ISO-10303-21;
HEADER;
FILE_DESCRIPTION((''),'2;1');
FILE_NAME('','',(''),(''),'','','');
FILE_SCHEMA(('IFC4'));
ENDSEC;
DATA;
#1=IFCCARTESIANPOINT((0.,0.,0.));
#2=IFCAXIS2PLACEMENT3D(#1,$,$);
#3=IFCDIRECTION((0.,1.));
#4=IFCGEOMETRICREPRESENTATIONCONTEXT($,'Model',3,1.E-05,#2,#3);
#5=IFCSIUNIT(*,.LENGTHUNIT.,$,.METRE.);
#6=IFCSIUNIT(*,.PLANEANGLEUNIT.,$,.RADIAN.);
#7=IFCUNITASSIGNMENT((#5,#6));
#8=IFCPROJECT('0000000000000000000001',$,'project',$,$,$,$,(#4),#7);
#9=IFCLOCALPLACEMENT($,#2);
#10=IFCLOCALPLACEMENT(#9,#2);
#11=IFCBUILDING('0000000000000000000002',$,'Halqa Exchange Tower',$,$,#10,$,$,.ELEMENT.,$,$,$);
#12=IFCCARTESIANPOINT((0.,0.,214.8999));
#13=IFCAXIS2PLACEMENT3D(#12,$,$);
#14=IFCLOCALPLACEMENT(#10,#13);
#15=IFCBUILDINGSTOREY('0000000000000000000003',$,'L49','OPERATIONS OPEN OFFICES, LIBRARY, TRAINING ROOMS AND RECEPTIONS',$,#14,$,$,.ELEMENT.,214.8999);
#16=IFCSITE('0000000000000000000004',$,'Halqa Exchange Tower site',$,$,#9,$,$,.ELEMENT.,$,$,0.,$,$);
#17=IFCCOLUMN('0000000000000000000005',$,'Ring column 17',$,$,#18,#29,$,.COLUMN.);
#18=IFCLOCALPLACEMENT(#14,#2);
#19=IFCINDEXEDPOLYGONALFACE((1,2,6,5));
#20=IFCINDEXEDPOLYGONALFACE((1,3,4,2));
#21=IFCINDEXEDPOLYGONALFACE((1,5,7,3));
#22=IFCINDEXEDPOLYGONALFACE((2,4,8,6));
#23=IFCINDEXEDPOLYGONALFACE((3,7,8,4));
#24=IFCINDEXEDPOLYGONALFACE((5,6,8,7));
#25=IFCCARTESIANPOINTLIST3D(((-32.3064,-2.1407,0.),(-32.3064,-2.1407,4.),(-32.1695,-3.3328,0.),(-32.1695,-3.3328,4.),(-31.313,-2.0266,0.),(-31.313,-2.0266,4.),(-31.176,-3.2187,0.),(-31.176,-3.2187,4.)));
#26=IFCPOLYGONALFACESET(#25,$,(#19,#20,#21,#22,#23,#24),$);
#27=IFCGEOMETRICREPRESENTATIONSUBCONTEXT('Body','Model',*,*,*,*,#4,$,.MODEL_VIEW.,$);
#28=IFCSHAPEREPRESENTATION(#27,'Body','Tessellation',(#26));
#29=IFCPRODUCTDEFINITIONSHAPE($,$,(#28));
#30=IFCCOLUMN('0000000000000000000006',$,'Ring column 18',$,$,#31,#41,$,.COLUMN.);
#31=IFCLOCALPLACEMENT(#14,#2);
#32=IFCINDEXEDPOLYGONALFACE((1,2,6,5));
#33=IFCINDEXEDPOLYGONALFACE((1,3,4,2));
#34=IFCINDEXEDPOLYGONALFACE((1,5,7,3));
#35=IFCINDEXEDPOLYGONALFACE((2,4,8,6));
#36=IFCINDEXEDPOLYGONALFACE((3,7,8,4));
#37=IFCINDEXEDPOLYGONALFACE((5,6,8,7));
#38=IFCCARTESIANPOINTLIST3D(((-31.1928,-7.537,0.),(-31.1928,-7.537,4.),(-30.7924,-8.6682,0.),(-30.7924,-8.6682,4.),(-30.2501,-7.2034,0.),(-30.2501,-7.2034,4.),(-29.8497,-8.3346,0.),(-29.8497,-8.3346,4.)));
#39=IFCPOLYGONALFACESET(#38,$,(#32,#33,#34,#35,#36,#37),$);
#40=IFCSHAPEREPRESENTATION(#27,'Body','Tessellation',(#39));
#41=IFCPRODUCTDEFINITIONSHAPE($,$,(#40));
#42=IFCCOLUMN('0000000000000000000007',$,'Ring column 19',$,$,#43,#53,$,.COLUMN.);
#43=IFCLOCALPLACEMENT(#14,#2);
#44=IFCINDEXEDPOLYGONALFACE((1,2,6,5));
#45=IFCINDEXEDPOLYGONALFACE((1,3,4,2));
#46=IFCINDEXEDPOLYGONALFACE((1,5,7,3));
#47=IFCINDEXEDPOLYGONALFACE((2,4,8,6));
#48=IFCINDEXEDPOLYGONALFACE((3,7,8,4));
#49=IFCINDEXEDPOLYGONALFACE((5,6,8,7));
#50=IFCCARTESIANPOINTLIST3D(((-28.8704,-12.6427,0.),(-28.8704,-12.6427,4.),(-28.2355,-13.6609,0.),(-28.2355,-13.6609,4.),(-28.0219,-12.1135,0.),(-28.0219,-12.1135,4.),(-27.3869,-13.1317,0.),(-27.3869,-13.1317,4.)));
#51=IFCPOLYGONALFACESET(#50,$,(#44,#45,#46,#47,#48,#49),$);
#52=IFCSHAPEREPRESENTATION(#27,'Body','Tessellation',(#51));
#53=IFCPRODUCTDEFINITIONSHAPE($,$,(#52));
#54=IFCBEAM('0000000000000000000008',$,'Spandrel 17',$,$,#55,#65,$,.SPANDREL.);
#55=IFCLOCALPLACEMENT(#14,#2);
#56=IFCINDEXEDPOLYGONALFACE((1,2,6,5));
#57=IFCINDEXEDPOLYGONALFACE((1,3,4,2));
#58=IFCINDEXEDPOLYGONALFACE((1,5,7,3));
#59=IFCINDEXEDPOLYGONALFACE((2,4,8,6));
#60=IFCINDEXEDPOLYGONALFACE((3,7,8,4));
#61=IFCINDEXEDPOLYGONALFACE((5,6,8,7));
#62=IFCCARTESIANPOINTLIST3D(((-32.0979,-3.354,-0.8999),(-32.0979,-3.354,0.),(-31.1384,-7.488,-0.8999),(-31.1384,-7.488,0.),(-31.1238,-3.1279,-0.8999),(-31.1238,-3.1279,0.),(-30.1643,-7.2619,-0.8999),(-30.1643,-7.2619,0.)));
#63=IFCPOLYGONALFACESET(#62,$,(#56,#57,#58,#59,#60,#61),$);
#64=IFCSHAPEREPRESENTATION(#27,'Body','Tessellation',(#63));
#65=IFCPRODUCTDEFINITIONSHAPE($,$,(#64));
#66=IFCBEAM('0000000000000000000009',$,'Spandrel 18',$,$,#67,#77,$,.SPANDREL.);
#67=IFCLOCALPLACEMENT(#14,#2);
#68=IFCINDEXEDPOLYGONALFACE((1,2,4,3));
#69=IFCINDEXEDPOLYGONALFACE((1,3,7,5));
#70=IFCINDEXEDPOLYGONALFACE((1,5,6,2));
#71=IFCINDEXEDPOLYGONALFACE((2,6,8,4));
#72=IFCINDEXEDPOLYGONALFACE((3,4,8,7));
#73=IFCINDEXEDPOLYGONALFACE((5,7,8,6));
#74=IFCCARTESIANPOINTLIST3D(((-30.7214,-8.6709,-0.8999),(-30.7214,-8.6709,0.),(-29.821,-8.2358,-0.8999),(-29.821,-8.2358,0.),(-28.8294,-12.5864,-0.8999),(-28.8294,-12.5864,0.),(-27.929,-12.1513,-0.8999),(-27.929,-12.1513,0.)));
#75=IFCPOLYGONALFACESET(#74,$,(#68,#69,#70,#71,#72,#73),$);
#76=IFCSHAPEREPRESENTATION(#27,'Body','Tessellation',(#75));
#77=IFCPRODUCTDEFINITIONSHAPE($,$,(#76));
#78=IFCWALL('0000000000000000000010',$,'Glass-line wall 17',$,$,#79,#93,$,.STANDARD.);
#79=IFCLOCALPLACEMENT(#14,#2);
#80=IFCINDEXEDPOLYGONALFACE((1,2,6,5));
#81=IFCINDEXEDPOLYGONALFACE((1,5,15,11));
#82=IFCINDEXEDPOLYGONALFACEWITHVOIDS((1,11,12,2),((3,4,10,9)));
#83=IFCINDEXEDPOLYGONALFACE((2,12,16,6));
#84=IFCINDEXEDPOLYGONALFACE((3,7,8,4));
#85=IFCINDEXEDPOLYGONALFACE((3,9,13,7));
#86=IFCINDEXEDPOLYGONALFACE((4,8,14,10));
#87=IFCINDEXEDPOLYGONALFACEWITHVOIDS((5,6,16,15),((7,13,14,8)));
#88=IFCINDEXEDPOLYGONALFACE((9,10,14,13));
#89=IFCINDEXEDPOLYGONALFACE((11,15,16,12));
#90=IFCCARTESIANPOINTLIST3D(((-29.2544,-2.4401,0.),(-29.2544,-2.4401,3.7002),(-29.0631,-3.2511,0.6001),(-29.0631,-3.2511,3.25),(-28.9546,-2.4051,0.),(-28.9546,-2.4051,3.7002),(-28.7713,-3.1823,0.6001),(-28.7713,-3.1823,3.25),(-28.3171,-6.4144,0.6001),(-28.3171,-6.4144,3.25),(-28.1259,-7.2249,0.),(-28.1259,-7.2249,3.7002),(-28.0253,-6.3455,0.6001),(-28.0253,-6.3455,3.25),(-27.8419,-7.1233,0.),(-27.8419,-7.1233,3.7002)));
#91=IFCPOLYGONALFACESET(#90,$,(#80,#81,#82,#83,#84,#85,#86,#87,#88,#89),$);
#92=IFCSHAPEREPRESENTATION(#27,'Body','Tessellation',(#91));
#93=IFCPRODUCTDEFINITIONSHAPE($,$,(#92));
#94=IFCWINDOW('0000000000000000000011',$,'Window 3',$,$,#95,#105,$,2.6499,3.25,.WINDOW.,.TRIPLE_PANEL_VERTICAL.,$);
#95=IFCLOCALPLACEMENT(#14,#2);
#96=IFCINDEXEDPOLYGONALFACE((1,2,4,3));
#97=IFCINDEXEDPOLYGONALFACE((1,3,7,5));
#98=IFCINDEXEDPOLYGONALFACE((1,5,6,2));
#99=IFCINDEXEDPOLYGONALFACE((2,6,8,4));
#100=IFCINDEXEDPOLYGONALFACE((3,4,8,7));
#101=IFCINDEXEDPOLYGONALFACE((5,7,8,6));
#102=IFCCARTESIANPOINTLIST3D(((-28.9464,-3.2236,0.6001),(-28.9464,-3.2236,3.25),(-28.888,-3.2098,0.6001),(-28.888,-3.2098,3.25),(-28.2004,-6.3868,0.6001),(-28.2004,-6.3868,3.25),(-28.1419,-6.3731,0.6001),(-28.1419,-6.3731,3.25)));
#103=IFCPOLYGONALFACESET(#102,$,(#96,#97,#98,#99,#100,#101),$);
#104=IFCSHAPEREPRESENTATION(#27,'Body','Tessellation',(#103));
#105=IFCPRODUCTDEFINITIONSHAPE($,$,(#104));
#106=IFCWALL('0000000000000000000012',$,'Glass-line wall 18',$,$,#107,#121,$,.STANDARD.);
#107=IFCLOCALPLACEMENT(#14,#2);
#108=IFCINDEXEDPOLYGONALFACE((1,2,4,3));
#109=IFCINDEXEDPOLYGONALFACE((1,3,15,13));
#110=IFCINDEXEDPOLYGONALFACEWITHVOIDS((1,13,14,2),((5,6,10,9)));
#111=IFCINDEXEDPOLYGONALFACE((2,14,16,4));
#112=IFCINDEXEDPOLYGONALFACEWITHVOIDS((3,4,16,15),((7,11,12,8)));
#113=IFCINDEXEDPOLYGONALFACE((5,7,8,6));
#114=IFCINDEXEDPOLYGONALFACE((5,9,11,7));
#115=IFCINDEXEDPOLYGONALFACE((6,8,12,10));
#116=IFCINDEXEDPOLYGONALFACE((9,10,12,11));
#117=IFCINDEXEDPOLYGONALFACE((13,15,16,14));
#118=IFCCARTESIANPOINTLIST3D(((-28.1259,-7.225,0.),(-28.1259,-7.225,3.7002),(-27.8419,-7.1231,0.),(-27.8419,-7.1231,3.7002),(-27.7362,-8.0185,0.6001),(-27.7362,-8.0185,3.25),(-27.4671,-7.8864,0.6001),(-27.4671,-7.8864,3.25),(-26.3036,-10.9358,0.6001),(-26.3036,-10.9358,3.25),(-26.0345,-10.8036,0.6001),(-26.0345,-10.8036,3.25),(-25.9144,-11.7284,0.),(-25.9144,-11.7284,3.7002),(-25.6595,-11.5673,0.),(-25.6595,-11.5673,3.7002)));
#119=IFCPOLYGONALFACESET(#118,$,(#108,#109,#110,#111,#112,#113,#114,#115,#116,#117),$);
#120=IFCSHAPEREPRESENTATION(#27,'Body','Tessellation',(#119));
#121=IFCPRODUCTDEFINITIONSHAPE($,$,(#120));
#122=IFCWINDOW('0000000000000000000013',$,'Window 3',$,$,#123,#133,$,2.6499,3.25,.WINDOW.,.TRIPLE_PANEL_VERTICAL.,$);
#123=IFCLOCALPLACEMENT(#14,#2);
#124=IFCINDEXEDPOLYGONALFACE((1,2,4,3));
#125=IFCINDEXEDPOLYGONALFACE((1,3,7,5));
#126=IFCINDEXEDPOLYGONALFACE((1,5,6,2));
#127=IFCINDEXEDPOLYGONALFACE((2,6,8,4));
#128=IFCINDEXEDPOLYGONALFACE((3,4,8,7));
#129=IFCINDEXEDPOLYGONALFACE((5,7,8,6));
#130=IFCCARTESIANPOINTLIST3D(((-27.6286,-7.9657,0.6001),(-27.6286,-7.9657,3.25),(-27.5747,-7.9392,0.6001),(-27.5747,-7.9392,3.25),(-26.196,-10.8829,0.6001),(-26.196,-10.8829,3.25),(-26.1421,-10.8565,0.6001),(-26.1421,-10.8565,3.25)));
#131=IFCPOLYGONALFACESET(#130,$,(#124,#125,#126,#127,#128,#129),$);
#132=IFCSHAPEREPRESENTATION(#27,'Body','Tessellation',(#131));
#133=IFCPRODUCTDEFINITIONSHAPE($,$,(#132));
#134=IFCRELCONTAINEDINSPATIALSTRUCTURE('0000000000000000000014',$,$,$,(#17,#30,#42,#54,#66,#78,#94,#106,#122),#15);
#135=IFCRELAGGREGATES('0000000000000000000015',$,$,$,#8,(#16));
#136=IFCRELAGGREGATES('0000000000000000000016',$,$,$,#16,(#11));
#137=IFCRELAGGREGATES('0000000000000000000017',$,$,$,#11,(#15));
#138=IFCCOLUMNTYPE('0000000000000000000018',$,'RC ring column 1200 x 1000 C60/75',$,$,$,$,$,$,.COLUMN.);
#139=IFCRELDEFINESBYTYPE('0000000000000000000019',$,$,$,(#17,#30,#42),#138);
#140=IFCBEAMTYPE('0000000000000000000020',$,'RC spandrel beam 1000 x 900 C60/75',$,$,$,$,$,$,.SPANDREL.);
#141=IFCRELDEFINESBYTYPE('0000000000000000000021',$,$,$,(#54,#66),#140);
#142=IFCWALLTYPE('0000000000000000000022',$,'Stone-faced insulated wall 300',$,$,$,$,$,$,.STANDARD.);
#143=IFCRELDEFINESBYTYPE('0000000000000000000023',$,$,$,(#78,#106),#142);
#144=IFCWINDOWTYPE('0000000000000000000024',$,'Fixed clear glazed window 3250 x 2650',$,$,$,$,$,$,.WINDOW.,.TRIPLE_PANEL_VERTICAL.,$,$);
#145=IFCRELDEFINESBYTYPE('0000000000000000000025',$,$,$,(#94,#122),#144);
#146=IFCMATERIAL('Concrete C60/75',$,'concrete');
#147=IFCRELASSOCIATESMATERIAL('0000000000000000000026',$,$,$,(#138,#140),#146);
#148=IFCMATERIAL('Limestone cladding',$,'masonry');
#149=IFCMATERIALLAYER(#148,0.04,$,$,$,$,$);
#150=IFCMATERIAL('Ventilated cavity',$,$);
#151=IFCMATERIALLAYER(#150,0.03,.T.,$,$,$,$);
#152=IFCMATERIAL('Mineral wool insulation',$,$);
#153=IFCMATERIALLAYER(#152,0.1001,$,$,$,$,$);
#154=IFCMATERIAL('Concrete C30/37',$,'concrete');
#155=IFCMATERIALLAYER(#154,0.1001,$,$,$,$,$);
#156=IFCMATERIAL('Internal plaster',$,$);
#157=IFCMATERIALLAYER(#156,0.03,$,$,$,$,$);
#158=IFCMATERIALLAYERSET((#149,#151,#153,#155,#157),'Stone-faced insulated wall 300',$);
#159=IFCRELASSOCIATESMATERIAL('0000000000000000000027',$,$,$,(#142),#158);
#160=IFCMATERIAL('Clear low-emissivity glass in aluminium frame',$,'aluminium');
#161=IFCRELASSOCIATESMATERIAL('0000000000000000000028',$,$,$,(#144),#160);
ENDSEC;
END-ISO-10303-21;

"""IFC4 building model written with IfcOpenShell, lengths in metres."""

from ifc_helpers import new_model, si_unit, direction, frame, frame_2d, origin, origin_2d, place, context, subcontext, project, spatial, polyline, rectangle, outline, extrude, material, layer, layer_set, material_profile, profile_set, type_object, element, fill, save


model = new_model("IFC4")

# Units and contexts
model_context = context("Model", 3, precision=1e-05, world=origin(), true_north=direction((0.0, 1.0)))
body_context = subcontext(model_context, "Body", "Model", "MODEL_VIEW")
ifc_project = project(units=[si_unit("LENGTHUNIT", "METRE"), si_unit("PLANEANGLEUNIT", "RADIAN")], contexts=[model_context])

# Site, building, storey
site_placement = place(None, origin())
site = spatial("IfcSite", under=ifc_project, at=site_placement, Name="Halqa Exchange Tower site", CompositionType="ELEMENT", RefElevation=0.0)
building_placement = place(site_placement, origin())
building = spatial("IfcBuilding", under=site, at=building_placement, Name="Halqa Exchange Tower", CompositionType="ELEMENT")
storey_placement = place(building_placement, frame((0.0, 0.0, 214.8999)))
storey = spatial("IfcBuildingStorey", under=building, at=storey_placement, Name="L49", Description="OPERATIONS OPEN OFFICES, LIBRARY, TRAINING ROOMS AND RECEPTIONS", CompositionType="ELEMENT", Elevation=214.8999)

# Columns
ifc_material_1 = material(Name="Concrete C60/75", Category="concrete")
ifc_material_profile_1 = material_profile(ifc_material_1, rectangle(XDim=1.2, YDim=1.0, at=origin_2d()), Name="1200 x 1000")
ifc_profile_set_1 = profile_set([ifc_material_profile_1], Name="Concrete C60/75")
column_type = type_object("IfcColumnType", Name="RC ring column 1200 x 1000 C60/75", PredefinedType="COLUMN", material=ifc_profile_set_1)
for number, where, z_axis, x_axis, name in (
    (1, (-31.7412, -2.6797, 0.0), (0.0, 0.0, 1.0), (0.114157, -0.993463, 0.0), "Ring column 17"),
    (2, (-30.5212, -7.9358, 0.0), (0.0, 0.0, 1.0), (0.333626, -0.942706, 0.0), "Ring column 18"),
    (3, (-28.1287, -12.8872, 0.0), (0.0, 0.0, 1.0), (0.529145, -0.848531, 0.0), "Ring column 19"),
):
    element("IfcColumn", number, at=place(storey_placement, frame(where, z_axis=z_axis, x_axis=x_axis)), inside=storey, type_object=column_type, Name=name, PredefinedType="COLUMN", context=body_context, shape_type="SweptSolid", body=[
        extrude(rectangle(XDim=1.2, YDim=1.0, at=origin_2d()), origin(), (0.0, 0.0, 1.0), 4.0),
    ])

# Beams
ifc_material_profile_2 = material_profile(ifc_material_1, rectangle(XDim=1.0, YDim=0.8999, at=origin_2d()), Name="1000 x 900")
ifc_profile_set_2 = profile_set([ifc_material_profile_2], Name="Concrete C60/75")
beam_type = type_object("IfcBeamType", Name="RC spandrel beam 1000 x 900 C60/75", PredefinedType="SPANDREL", material=ifc_profile_set_2)
beam_1_placement = place(storey_placement, frame((-31.6108, -3.241, -0.45), z_axis=(0.226082, -0.974108, 0.0), x_axis=(0.974108, 0.226082, 0.0)))
element("IfcBeam", 4, at=beam_1_placement, inside=storey, type_object=beam_type, Name="Spandrel 17", PredefinedType="SPANDREL", context=body_context, shape_type="SweptSolid", body=[
    extrude(rectangle(XDim=1.0, YDim=0.8999, at=origin_2d()), origin(), (0.0, 0.0, 1.0), 4.2439),
])
beam_2_placement = place(storey_placement, frame((-30.2712, -8.4534, -0.45), z_axis=(0.435091, -0.900386, 0.0), x_axis=(0.900386, 0.435091, 0.0)))
element("IfcBeam", 5, at=beam_2_placement, inside=storey, type_object=beam_type, Name="Spandrel 18", PredefinedType="SPANDREL", context=body_context, shape_type="SweptSolid", body=[
    extrude(rectangle(XDim=1.0, YDim=0.8999, at=origin_2d()), origin(), (0.0, 0.0, 1.0), 4.3486),
])

# Walls, openings, windows
ifc_material_2 = material(Name="Limestone cladding", Category="masonry")
ifc_layer_1 = layer(ifc_material_2, 0.04)
ifc_material_3 = material(Name="Ventilated cavity")
ifc_layer_2 = layer(ifc_material_3, 0.03, ventilated=True)
ifc_material_4 = material(Name="Mineral wool insulation")
ifc_layer_3 = layer(ifc_material_4, 0.1001)
ifc_material_5 = material(Name="Concrete C30/37", Category="concrete")
ifc_layer_4 = layer(ifc_material_5, 0.1001)
ifc_material_6 = material(Name="Internal plaster")
ifc_layer_5 = layer(ifc_material_6, 0.03)
ifc_layer_set = layer_set([ifc_layer_1, ifc_layer_2, ifc_layer_3, ifc_layer_4, ifc_layer_5], Name="Stone-faced insulated wall 300")
wall_type = type_object("IfcWallType", Name="Stone-faced insulated wall 300", PredefinedType="STANDARD", material=ifc_layer_set)
wall_1_placement = place(storey_placement, frame((-29.1045, -2.4226, 0.0), z_axis=(0.0, 0.0, 1.0), x_axis=(0.229547, -0.973298, 0.0)))
wall_1 = element("IfcWall", 6, at=wall_1_placement, inside=storey, type_object=wall_type, Name="Glass-line wall 17", PredefinedType="STANDARD", context=body_context, shape_type="SweptSolid", body=[
    extrude(outline(polyline([(-0.0173, -0.1499), (4.8987, -0.1499), (4.865, 0.1499), (0.0173, 0.1499), (-0.0173, -0.1499)])), origin(), (0.0, 0.0, 1.0), 3.7002),
])
opening_1_placement = place(wall_1_placement, frame((0.8159, 0.0, 0.6001)))
opening_1 = element("IfcOpeningElement", 7, at=opening_1_placement, cuts=wall_1, PredefinedType="OPENING", context=body_context, shape_type="SweptSolid", body=[
    extrude(rectangle(XDim=3.25, YDim=2.6499, at=frame_2d((1.625, 1.325))), frame((0.0, 0.1621, 0.0), z_axis=(0.0, -1.0, 0.0), x_axis=(1.0, 0.0, 0.0)), (0.0, 0.0, 1.0), 0.324),
])
ifc_material_7 = material(Name="Clear low-emissivity glass in aluminium frame", Category="aluminium")
window_type = type_object("IfcWindowType", Name="Fixed clear glazed window 3250 x 2650", PartitioningType="TRIPLE_PANEL_VERTICAL", PredefinedType="WINDOW", material=ifc_material_7)
window_1_placement = place(opening_1_placement, origin())
window_1 = element("IfcWindow", 8, at=window_1_placement, inside=storey, type_object=window_type, Name="Window 3", OverallHeight=2.6499, OverallWidth=3.25, PartitioningType="TRIPLE_PANEL_VERTICAL", PredefinedType="WINDOW", context=body_context, shape_type="SweptSolid", body=[
    extrude(rectangle(XDim=3.25, YDim=2.6499, at=frame_2d((1.625, 1.325))), frame((0.0, 0.03, 0.0), z_axis=(0.0, -1.0, 0.0), x_axis=(1.0, 0.0, 0.0)), (0.0, 0.0, 1.0), 0.0601),
])
fill(opening_1, window_1)
wall_2_placement = place(storey_placement, frame((-27.9839, -7.1741, 0.0), z_axis=(0.0, 0.0, 1.0), x_axis=(0.440795, -0.897608, 0.0)))
wall_2 = element("IfcWall", 9, at=wall_2_placement, inside=storey, type_object=wall_type, Name="Glass-line wall 18", PredefinedType="STANDARD", context=body_context, shape_type="SweptSolid", body=[
    extrude(outline(polyline([(-0.0168, -0.1499), (5.0002, -0.1499), (4.968, 0.1499), (0.0168, 0.1499), (-0.0168, -0.1499)])), origin(), (0.0, 0.0, 1.0), 3.7002),
])
opening_2_placement = place(wall_2_placement, frame((0.8672, 0.0, 0.6001)))
opening_2 = element("IfcOpeningElement", 10, at=opening_2_placement, cuts=wall_2, PredefinedType="OPENING", context=body_context, shape_type="SweptSolid", body=[
    extrude(rectangle(XDim=3.25, YDim=2.6499, at=frame_2d((1.625, 1.325))), frame((0.0, 0.1621, 0.0), z_axis=(0.0, -1.0, 0.0), x_axis=(1.0, 0.0, 0.0)), (0.0, 0.0, 1.0), 0.324),
])
window_2_placement = place(opening_2_placement, origin())
window_2 = element("IfcWindow", 11, at=window_2_placement, inside=storey, type_object=window_type, Name="Window 3", OverallHeight=2.6499, OverallWidth=3.25, PartitioningType="TRIPLE_PANEL_VERTICAL", PredefinedType="WINDOW", context=body_context, shape_type="SweptSolid", body=[
    extrude(rectangle(XDim=3.25, YDim=2.6499, at=frame_2d((1.625, 1.325))), frame((0.0, 0.03, 0.0), z_axis=(0.0, -1.0, 0.0), x_axis=(1.0, 0.0, 0.0)), (0.0, 0.0, 1.0), 0.0601),
])
fill(opening_2, window_2)

save(model, "model.ifc")
